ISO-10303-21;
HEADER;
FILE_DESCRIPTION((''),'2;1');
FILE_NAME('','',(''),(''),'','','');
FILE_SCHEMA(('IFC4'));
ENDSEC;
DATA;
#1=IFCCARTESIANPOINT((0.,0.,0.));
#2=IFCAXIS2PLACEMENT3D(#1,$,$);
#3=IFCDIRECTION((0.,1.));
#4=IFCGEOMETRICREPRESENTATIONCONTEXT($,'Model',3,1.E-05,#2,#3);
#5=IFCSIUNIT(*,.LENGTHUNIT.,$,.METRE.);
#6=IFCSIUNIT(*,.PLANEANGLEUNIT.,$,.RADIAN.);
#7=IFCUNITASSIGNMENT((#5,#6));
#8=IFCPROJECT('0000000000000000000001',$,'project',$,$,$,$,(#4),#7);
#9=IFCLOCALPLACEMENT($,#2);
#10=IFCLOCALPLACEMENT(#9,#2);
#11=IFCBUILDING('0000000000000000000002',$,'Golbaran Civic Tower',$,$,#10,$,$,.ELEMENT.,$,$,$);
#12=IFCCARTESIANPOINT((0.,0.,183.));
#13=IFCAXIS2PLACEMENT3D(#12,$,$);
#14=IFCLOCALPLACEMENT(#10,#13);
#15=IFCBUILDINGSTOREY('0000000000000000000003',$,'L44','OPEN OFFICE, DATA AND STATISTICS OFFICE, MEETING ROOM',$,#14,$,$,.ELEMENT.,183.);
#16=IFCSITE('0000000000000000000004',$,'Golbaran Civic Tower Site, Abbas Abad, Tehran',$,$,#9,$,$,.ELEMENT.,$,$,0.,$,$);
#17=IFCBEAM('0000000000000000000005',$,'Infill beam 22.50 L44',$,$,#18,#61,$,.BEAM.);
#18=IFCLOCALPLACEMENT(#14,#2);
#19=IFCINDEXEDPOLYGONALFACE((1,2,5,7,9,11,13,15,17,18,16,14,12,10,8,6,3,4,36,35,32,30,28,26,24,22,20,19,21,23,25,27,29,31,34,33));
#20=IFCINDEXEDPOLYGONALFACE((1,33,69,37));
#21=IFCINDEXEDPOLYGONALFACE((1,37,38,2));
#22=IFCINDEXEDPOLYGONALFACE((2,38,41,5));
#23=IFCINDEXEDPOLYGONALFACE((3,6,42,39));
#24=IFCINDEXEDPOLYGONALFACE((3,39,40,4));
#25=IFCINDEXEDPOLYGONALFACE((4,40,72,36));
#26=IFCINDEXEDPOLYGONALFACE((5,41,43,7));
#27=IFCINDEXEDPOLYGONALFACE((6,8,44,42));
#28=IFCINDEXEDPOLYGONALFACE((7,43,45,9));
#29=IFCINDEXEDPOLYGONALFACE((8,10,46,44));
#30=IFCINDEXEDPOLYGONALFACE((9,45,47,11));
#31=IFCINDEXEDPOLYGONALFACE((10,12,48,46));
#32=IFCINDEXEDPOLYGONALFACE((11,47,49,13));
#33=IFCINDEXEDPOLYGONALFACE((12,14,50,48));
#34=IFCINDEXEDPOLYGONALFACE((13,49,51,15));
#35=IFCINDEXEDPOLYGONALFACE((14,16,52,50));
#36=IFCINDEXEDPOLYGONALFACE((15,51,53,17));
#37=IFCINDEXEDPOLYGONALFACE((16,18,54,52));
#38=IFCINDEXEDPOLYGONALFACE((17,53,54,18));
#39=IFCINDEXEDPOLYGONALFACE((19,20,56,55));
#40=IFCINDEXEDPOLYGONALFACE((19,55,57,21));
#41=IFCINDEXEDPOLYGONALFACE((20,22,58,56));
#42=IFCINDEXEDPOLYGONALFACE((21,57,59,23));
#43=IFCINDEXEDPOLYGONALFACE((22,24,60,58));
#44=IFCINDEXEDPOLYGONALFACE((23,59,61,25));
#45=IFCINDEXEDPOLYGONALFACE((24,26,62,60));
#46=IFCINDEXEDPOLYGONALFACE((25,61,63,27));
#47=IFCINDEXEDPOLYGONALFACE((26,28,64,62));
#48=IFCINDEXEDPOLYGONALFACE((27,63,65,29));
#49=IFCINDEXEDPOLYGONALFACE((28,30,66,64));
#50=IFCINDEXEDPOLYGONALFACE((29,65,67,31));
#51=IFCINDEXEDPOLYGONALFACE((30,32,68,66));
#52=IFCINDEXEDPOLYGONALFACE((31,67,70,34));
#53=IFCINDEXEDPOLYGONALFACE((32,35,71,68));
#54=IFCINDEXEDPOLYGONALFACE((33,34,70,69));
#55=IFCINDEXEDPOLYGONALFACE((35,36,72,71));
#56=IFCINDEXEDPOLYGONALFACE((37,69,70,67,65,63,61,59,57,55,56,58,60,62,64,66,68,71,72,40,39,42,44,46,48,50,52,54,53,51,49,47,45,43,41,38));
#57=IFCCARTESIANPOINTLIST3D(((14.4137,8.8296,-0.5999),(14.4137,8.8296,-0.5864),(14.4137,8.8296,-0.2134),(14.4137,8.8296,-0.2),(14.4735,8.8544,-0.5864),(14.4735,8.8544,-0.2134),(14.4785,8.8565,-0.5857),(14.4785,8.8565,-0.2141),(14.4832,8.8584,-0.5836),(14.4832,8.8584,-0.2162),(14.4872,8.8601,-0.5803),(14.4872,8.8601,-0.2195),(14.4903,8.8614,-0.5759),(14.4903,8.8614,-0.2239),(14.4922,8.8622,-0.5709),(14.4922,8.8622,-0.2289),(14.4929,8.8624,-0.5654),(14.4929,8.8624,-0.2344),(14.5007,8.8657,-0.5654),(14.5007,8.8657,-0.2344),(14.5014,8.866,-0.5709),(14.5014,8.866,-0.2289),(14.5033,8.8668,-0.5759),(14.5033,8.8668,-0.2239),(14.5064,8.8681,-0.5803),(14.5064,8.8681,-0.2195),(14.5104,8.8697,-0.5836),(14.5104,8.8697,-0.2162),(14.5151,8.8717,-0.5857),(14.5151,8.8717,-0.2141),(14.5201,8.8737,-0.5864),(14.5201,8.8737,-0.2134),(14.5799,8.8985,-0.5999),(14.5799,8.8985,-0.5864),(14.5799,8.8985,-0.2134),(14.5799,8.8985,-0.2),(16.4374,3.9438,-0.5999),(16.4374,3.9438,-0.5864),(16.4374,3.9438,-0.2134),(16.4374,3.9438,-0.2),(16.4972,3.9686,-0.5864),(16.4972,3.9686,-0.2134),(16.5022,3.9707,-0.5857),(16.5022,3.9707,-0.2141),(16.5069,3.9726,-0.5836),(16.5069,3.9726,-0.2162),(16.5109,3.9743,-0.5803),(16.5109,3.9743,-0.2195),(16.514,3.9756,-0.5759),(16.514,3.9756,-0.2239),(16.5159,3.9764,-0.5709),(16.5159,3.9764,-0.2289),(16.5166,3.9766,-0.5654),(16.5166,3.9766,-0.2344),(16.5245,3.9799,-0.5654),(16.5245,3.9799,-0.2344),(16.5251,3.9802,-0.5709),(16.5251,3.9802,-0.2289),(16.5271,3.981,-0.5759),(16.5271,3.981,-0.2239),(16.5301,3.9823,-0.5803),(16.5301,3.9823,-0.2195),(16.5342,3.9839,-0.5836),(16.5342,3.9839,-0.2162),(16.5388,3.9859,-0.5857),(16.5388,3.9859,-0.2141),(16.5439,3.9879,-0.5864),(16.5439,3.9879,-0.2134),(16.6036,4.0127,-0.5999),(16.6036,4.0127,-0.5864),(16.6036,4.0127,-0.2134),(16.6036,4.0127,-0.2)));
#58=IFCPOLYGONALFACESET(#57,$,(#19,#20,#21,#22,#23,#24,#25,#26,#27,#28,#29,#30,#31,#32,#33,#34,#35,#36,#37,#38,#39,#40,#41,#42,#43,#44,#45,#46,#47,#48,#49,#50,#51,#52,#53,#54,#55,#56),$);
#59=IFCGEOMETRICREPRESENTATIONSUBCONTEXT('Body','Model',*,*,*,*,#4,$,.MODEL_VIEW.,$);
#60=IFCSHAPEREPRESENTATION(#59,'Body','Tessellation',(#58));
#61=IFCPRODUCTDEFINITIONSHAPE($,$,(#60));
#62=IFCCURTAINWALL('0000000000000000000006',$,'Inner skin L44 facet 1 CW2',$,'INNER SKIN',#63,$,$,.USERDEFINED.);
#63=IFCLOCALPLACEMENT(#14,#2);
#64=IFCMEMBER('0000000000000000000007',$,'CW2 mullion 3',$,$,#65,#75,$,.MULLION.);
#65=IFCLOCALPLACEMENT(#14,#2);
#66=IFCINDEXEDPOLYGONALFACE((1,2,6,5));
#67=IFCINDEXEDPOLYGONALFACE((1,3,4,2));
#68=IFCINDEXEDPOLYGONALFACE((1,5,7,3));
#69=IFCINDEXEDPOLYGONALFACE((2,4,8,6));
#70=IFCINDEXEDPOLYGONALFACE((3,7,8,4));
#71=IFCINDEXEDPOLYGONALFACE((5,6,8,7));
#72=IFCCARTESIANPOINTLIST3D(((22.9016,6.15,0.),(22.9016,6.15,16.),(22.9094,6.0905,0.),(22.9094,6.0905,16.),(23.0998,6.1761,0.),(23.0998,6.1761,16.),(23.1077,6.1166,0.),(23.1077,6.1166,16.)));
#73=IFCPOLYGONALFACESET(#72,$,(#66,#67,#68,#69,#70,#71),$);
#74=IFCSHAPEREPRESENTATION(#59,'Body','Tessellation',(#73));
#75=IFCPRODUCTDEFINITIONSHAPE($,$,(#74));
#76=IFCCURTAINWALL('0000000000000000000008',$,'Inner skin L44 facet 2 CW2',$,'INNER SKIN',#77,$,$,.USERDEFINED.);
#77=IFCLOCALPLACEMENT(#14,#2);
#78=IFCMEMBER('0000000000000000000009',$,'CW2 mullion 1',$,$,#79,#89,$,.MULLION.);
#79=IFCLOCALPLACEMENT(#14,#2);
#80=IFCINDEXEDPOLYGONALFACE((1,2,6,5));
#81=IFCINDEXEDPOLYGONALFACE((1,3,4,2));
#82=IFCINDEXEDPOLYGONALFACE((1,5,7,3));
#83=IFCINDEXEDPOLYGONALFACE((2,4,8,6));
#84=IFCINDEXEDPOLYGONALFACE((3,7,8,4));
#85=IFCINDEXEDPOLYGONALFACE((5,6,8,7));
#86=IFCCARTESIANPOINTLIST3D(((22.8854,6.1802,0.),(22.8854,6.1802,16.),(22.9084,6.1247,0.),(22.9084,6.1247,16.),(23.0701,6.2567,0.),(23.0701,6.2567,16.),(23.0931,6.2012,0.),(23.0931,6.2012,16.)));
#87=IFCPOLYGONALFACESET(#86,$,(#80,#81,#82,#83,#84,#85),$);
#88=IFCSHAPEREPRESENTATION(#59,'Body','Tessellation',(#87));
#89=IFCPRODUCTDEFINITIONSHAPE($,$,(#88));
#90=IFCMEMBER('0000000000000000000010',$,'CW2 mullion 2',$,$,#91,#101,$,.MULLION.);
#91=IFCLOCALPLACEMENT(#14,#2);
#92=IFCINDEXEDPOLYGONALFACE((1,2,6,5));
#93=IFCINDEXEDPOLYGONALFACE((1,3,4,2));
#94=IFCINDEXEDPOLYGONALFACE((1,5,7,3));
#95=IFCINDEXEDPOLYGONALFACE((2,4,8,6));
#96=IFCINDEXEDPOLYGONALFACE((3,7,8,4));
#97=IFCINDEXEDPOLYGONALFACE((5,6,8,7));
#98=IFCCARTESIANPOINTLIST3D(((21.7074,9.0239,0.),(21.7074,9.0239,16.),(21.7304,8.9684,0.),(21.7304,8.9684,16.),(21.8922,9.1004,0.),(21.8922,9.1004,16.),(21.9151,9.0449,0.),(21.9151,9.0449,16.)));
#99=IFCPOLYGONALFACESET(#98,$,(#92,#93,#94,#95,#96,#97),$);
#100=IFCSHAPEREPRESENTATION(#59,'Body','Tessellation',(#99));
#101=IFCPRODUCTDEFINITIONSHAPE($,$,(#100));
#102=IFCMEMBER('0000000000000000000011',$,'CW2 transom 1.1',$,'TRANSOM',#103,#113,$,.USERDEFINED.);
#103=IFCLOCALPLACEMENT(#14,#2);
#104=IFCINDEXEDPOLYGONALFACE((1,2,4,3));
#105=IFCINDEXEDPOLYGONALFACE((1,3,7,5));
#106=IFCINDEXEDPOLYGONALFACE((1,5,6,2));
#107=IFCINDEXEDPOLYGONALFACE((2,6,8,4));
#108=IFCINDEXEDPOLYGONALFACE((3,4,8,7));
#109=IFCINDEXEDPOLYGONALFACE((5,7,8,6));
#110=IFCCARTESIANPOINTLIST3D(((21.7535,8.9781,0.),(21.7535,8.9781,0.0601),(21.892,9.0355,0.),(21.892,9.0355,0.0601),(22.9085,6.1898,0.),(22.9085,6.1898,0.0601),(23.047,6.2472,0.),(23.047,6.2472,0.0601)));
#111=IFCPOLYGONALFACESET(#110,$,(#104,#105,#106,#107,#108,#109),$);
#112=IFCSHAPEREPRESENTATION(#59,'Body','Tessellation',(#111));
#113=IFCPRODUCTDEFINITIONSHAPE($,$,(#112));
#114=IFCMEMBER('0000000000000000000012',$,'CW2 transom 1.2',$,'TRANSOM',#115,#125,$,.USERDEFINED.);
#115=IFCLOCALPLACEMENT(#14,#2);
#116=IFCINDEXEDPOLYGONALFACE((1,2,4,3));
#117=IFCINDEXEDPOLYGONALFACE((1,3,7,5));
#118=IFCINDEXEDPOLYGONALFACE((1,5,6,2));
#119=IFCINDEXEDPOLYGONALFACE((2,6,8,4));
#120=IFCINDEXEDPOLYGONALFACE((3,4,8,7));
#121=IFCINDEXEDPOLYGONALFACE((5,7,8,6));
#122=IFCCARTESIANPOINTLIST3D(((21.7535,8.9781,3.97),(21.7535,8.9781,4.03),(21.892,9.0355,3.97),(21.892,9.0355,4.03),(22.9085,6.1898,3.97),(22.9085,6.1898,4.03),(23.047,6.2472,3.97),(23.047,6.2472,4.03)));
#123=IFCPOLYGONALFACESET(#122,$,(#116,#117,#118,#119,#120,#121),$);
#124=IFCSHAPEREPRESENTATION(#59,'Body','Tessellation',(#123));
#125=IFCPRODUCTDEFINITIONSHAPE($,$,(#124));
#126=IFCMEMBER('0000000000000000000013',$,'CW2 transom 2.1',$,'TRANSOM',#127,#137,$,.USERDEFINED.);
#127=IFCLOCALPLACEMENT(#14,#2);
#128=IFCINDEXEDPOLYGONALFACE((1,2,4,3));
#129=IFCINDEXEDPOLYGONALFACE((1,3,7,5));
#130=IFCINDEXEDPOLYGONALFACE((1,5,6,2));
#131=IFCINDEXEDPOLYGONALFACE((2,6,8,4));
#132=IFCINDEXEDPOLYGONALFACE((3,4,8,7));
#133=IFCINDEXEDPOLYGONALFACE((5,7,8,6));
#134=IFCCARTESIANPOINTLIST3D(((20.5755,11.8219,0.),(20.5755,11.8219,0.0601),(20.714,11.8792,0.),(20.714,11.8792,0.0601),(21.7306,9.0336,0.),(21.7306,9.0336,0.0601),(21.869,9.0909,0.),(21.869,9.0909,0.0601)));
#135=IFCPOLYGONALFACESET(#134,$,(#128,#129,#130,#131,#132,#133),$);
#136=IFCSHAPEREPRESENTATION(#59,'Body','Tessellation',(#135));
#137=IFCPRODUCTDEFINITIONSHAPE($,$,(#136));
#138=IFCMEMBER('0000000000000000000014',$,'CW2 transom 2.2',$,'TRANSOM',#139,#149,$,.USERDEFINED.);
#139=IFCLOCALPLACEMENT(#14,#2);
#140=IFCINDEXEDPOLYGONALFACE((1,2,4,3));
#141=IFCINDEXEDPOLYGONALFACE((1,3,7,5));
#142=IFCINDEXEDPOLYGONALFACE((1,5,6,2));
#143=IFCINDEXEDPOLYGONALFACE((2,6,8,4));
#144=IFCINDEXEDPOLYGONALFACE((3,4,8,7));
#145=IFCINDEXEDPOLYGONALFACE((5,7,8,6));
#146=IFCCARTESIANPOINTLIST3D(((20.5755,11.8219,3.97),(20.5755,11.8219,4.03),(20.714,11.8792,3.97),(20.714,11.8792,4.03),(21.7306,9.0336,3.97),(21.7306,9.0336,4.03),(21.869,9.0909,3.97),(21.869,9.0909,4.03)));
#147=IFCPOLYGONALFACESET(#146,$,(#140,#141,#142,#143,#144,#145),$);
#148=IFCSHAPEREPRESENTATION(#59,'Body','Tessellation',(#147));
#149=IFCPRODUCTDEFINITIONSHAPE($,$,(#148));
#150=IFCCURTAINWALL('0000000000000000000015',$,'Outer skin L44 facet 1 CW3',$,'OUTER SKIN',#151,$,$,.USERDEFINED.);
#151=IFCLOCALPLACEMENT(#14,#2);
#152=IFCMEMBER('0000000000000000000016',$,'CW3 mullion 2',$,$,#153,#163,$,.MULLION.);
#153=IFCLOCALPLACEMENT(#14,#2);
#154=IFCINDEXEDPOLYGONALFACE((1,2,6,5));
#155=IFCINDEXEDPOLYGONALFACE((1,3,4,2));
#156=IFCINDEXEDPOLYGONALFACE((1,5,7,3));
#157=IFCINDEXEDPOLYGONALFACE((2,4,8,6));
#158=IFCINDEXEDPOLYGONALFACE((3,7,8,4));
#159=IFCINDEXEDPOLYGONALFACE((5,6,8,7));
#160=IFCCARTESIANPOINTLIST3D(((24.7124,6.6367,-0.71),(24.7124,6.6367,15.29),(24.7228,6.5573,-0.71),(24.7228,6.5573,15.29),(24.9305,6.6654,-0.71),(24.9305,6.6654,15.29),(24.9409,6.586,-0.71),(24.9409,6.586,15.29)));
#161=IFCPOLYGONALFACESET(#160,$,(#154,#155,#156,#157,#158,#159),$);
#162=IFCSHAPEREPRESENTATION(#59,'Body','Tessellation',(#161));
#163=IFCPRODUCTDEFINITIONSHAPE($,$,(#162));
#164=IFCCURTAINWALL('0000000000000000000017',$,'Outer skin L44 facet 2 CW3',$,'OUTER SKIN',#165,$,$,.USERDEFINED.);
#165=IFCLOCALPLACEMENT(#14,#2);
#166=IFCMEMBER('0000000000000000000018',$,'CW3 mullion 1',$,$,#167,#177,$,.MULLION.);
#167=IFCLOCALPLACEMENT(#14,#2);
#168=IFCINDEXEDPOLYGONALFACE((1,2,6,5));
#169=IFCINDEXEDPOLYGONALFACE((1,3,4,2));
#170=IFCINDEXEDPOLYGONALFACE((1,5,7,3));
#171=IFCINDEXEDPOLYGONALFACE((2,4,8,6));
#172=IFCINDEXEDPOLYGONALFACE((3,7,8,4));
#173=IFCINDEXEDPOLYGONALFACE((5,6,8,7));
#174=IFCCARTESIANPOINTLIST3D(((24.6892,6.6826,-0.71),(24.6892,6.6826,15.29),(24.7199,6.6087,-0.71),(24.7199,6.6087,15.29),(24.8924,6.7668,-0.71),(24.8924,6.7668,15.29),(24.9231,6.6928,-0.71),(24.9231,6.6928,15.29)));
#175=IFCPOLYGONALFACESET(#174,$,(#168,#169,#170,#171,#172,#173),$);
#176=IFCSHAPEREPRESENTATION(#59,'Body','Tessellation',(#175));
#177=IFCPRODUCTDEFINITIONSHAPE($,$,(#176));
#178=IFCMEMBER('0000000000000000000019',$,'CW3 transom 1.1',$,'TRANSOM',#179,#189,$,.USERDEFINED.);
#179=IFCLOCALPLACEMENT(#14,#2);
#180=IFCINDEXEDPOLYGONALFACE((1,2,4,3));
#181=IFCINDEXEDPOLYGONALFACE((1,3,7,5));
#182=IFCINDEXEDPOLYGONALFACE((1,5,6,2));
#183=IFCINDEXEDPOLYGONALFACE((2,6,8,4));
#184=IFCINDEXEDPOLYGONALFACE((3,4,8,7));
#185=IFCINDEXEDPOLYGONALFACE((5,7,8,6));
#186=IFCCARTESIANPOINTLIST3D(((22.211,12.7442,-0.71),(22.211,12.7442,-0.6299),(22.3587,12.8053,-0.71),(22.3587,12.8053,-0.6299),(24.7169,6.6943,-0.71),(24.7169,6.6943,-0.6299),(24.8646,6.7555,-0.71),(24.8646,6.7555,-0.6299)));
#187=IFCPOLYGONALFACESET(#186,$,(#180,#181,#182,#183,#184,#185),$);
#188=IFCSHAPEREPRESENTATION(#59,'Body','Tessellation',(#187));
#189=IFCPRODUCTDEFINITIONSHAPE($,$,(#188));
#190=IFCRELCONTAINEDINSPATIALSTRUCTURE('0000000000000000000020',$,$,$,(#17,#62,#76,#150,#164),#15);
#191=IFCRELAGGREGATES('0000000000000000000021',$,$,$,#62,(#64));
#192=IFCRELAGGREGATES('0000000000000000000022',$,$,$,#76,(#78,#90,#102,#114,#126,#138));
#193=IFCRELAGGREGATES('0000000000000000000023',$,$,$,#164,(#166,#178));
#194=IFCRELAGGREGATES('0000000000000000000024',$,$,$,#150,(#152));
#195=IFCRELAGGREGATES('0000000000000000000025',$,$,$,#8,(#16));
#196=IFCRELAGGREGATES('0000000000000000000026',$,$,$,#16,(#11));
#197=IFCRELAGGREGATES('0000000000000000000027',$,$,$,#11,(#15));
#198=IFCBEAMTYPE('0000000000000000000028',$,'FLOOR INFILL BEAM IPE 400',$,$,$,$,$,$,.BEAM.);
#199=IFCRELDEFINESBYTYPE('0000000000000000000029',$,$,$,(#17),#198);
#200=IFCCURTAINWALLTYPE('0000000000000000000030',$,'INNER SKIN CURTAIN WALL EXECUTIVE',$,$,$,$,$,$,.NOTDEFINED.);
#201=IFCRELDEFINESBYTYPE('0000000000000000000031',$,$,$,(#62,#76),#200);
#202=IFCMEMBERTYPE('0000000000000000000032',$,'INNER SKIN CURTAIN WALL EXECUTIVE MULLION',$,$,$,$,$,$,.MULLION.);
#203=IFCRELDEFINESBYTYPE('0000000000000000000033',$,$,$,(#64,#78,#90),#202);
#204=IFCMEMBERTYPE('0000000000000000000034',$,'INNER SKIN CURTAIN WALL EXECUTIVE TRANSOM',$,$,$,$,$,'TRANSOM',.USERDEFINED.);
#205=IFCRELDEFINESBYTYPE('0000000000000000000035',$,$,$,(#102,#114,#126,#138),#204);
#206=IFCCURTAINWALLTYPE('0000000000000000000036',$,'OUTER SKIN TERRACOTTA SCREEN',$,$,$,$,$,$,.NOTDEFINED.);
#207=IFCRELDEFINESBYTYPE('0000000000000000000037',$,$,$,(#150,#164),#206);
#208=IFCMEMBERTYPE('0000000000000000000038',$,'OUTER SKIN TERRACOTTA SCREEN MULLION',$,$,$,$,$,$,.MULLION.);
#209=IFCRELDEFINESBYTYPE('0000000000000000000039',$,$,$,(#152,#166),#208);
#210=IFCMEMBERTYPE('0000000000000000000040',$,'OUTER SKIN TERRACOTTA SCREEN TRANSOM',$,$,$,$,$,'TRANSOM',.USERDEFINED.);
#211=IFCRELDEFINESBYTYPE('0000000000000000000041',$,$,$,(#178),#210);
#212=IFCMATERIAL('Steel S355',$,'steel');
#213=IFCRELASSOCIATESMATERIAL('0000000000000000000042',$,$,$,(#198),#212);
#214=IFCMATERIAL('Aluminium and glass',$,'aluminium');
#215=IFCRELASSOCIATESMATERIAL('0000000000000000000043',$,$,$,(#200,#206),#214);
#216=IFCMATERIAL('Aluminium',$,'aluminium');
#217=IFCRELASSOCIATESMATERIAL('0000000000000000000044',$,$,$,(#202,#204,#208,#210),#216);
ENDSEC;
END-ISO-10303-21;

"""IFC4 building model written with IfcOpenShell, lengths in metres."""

from ifc_helpers import new_model, si_unit, direction, frame, origin, origin_2d, place, context, subcontext, project, spatial, rectangle, i_section, extrude, material, material_profile, profile_set, type_object, element, aggregate, save


model = new_model("IFC4")

# Units and contexts
model_context = context("Model", 3, precision=1e-05, world=origin(), true_north=direction((0.0, 1.0)))
body_context = subcontext(model_context, "Body", "Model", "MODEL_VIEW")
ifc_project = project(units=[si_unit("LENGTHUNIT", "METRE"), si_unit("PLANEANGLEUNIT", "RADIAN")], contexts=[model_context])

# Site, building, storey
site_placement = place(None, origin())
site = spatial("IfcSite", under=ifc_project, at=site_placement, Name="Golbaran Civic Tower Site, Abbas Abad, Tehran", CompositionType="ELEMENT", RefElevation=0.0)
building_placement = place(site_placement, origin())
building = spatial("IfcBuilding", under=site, at=building_placement, Name="Golbaran Civic Tower", CompositionType="ELEMENT")
storey_placement = place(building_placement, frame((0.0, 0.0, 183.0)))
storey = spatial("IfcBuildingStorey", under=building, at=storey_placement, Name="L44", Description="OPEN OFFICE, DATA AND STATISTICS OFFICE, MEETING ROOM", CompositionType="ELEMENT", Elevation=183.0)

# Beam
ifc_material_1 = material(Name="Steel S355", Category="steel")
ifc_material_profile_1 = material_profile(ifc_material_1, i_section(OverallWidth=0.1799, OverallDepth=0.3999, WebThickness=0.0085, FlangeThickness=0.0134, FilletRadius=0.021, at=origin_2d()), Name="IPE 400")
ifc_profile_set_1 = profile_set([ifc_material_profile_1], Name="Steel S355")
beam_type = type_object("IfcBeamType", Name="FLOOR INFILL BEAM IPE 400", PredefinedType="BEAM", material=ifc_profile_set_1)
beam_placement = place(storey_placement, frame((16.5205, 3.9783, -0.3999), z_axis=(-0.382674, 0.923883, 0.0), x_axis=(-0.923883, -0.382674, 0.0)))
element("IfcBeam", 1, at=beam_placement, inside=storey, type_object=beam_type, Name="Infill beam 22.50 L44", PredefinedType="BEAM", context=body_context, shape_type="SweptSolid", body=[
    extrude(i_section(OverallWidth=0.1799, OverallDepth=0.3999, WebThickness=0.0085, FlangeThickness=0.0134, FilletRadius=0.021, at=origin_2d()), origin(), (0.0, 0.0, 1.0), 5.2883),
])

# Curtain wall, member
ifc_material_2 = material(Name="Aluminium and glass", Category="aluminium")
curtain_wall_type_1 = type_object("IfcCurtainWallType", Name="INNER SKIN CURTAIN WALL EXECUTIVE", PredefinedType="NOTDEFINED", material=ifc_material_2)
curtain_wall_1_placement = place(storey_placement, origin())
curtain_wall_1 = element("IfcCurtainWall", 2, at=curtain_wall_1_placement, inside=storey, type_object=curtain_wall_type_1, Name="Inner skin L44 facet 1 CW2", ObjectType="INNER SKIN", PredefinedType="USERDEFINED")
ifc_material_3 = material(Name="Aluminium", Category="aluminium")
ifc_material_profile_2 = material_profile(ifc_material_3, rectangle(XDim=0.2, YDim=0.0601, at=origin_2d()), Name="INNER SKIN CURTAIN WALL EXECUTIVE MULLION")
ifc_profile_set_2 = profile_set([ifc_material_profile_2], Name="Aluminium")
member_type_1 = type_object("IfcMemberType", Name="INNER SKIN CURTAIN WALL EXECUTIVE MULLION", PredefinedType="MULLION", material=ifc_profile_set_2)
member_1_placement = place(storey_placement, frame((23.0046, 6.1333, 0.0), z_axis=(0.0, 0.0, 1.0), x_axis=(-0.991445, -0.130526, 0.0)))
member_1 = element("IfcMember", 3, at=member_1_placement, type_object=member_type_1, Name="CW2 mullion 3", PredefinedType="MULLION", context=body_context, shape_type="SweptSolid", body=[
    extrude(rectangle(XDim=0.2, YDim=0.0601, at=origin_2d()), origin(), (0.0, 0.0, 1.0), 16.0),
])

# Curtain wall, members
curtain_wall_2_placement = place(storey_placement, origin())
curtain_wall_2 = element("IfcCurtainWall", 4, at=curtain_wall_2_placement, inside=storey, type_object=curtain_wall_type_1, Name="Inner skin L44 facet 2 CW2", ObjectType="INNER SKIN", PredefinedType="USERDEFINED")
member_2_placement = place(storey_placement, frame((22.9893, 6.1907, 0.0), z_axis=(0.0, 0.0, 1.0), x_axis=(-0.92388, -0.382683, 0.0)))
member_2 = element("IfcMember", 5, at=member_2_placement, type_object=member_type_1, Name="CW2 mullion 1", PredefinedType="MULLION", context=body_context, shape_type="SweptSolid", body=[
    extrude(rectangle(XDim=0.2, YDim=0.0601, at=origin_2d()), origin(), (0.0, 0.0, 1.0), 16.0),
])
member_3_placement = place(storey_placement, frame((21.8113, 9.0344, 0.0), z_axis=(0.0, 0.0, 1.0), x_axis=(-0.92388, -0.382683, 0.0)))
member_3 = element("IfcMember", 6, at=member_3_placement, type_object=member_type_1, Name="CW2 mullion 2", PredefinedType="MULLION", context=body_context, shape_type="SweptSolid", body=[
    extrude(rectangle(XDim=0.2, YDim=0.0601, at=origin_2d()), origin(), (0.0, 0.0, 1.0), 16.0),
])
ifc_material_profile_3 = material_profile(ifc_material_3, rectangle(XDim=0.1499, YDim=0.0601, at=origin_2d()), Name="INNER SKIN CURTAIN WALL EXECUTIVE TRANSOM")
ifc_profile_set_3 = profile_set([ifc_material_profile_3], Name="Aluminium")
member_type_2 = type_object("IfcMemberType", Name="INNER SKIN CURTAIN WALL EXECUTIVE TRANSOM", ElementType="TRANSOM", PredefinedType="USERDEFINED", material=ifc_profile_set_3)
member_4_placement = place(storey_placement, frame((22.9778, 6.2185, 0.03), z_axis=(-0.382702, 0.923872, 0.0), x_axis=(-0.923872, -0.382702, 0.0)))
member_4 = element("IfcMember", 7, at=member_4_placement, type_object=member_type_2, Name="CW2 transom 1.1", ObjectType="TRANSOM", PredefinedType="USERDEFINED", context=body_context, shape_type="SweptSolid", body=[
    extrude(rectangle(XDim=0.1499, YDim=0.0601, at=origin_2d()), origin(), (0.0, 0.0, 1.0), 3.0181),
])
member_5_placement = place(storey_placement, frame((22.9778, 6.2185, 4.0), z_axis=(-0.382702, 0.923872, 0.0), x_axis=(-0.923872, -0.382702, 0.0)))
member_5 = element("IfcMember", 8, at=member_5_placement, type_object=member_type_2, Name="CW2 transom 1.2", ObjectType="TRANSOM", PredefinedType="USERDEFINED", context=body_context, shape_type="SweptSolid", body=[
    extrude(rectangle(XDim=0.1499, YDim=0.0601, at=origin_2d()), origin(), (0.0, 0.0, 1.0), 3.0181),
])
member_6_placement = place(storey_placement, frame((21.7998, 9.0623, 0.03), z_axis=(-0.382702, 0.923872, 0.0), x_axis=(-0.923872, -0.382702, 0.0)))
member_6 = element("IfcMember", 9, at=member_6_placement, type_object=member_type_2, Name="CW2 transom 2.1", ObjectType="TRANSOM", PredefinedType="USERDEFINED", context=body_context, shape_type="SweptSolid", body=[
    extrude(rectangle(XDim=0.1499, YDim=0.0601, at=origin_2d()), origin(), (0.0, 0.0, 1.0), 3.0181),
])
member_7_placement = place(storey_placement, frame((21.7998, 9.0623, 4.0), z_axis=(-0.382702, 0.923872, 0.0), x_axis=(-0.923872, -0.382702, 0.0)))
member_7 = element("IfcMember", 10, at=member_7_placement, type_object=member_type_2, Name="CW2 transom 2.2", ObjectType="TRANSOM", PredefinedType="USERDEFINED", context=body_context, shape_type="SweptSolid", body=[
    extrude(rectangle(XDim=0.1499, YDim=0.0601, at=origin_2d()), origin(), (0.0, 0.0, 1.0), 3.0181),
])

# Curtain wall, member
curtain_wall_type_2 = type_object("IfcCurtainWallType", Name="OUTER SKIN TERRACOTTA SCREEN", PredefinedType="NOTDEFINED", material=ifc_material_2)
curtain_wall_3_placement = place(storey_placement, origin())
curtain_wall_3 = element("IfcCurtainWall", 11, at=curtain_wall_3_placement, inside=storey, type_object=curtain_wall_type_2, Name="Outer skin L44 facet 1 CW3", ObjectType="OUTER SKIN", PredefinedType="USERDEFINED")
ifc_material_profile_4 = material_profile(ifc_material_3, rectangle(XDim=0.22, YDim=0.0801, at=origin_2d()), Name="OUTER SKIN TERRACOTTA SCREEN MULLION")
ifc_profile_set_4 = profile_set([ifc_material_profile_4], Name="Aluminium")
member_type_3 = type_object("IfcMemberType", Name="OUTER SKIN TERRACOTTA SCREEN MULLION", PredefinedType="MULLION", material=ifc_profile_set_4)
member_8_placement = place(storey_placement, frame((24.8267, 6.6113, -0.71), z_axis=(0.0, 0.0, 1.0), x_axis=(-0.991445, -0.130526, 0.0)))
member_8 = element("IfcMember", 12, at=member_8_placement, type_object=member_type_3, Name="CW3 mullion 2", PredefinedType="MULLION", context=body_context, shape_type="SweptSolid", body=[
    extrude(rectangle(XDim=0.22, YDim=0.0801, at=origin_2d()), origin(), (0.0, 0.0, 1.0), 16.0),
])

# Curtain wall, members
curtain_wall_4_placement = place(storey_placement, origin())
curtain_wall_4 = element("IfcCurtainWall", 13, at=curtain_wall_4_placement, inside=storey, type_object=curtain_wall_type_2, Name="Outer skin L44 facet 2 CW3", ObjectType="OUTER SKIN", PredefinedType="USERDEFINED")
member_9_placement = place(storey_placement, frame((24.8062, 6.6877, -0.71), z_axis=(0.0, 0.0, 1.0), x_axis=(-0.92388, -0.382683, 0.0)))
member_9 = element("IfcMember", 14, at=member_9_placement, type_object=member_type_3, Name="CW3 mullion 1", PredefinedType="MULLION", context=body_context, shape_type="SweptSolid", body=[
    extrude(rectangle(XDim=0.22, YDim=0.0801, at=origin_2d()), origin(), (0.0, 0.0, 1.0), 16.0),
])
ifc_material_profile_5 = material_profile(ifc_material_3, rectangle(XDim=0.1599, YDim=0.0801, at=origin_2d()), Name="OUTER SKIN TERRACOTTA SCREEN TRANSOM")
ifc_profile_set_5 = profile_set([ifc_material_profile_5], Name="Aluminium")
member_type_4 = type_object("IfcMemberType", Name="OUTER SKIN TERRACOTTA SCREEN TRANSOM", ElementType="TRANSOM", PredefinedType="USERDEFINED", material=ifc_profile_set_5)
member_10_placement = place(storey_placement, frame((24.7908, 6.7249, -0.6699), z_axis=(-0.382677, 0.923882, 0.0), x_axis=(-0.923882, -0.382677, 0.0)))
member_10 = element("IfcMember", 15, at=member_10_placement, type_object=member_type_4, Name="CW3 transom 1.1", ObjectType="TRANSOM", PredefinedType="USERDEFINED", context=body_context, shape_type="SweptSolid", body=[
    extrude(rectangle(XDim=0.1599, YDim=0.0801, at=origin_2d()), origin(), (0.0, 0.0, 1.0), 6.5483),
])

aggregate(curtain_wall_1, [member_1])
aggregate(curtain_wall_2, [member_2, member_3, member_4, member_5, member_6, member_7])
aggregate(curtain_wall_4, [member_9, member_10])
aggregate(curtain_wall_3, [member_8])

save(model, "model.ifc")
